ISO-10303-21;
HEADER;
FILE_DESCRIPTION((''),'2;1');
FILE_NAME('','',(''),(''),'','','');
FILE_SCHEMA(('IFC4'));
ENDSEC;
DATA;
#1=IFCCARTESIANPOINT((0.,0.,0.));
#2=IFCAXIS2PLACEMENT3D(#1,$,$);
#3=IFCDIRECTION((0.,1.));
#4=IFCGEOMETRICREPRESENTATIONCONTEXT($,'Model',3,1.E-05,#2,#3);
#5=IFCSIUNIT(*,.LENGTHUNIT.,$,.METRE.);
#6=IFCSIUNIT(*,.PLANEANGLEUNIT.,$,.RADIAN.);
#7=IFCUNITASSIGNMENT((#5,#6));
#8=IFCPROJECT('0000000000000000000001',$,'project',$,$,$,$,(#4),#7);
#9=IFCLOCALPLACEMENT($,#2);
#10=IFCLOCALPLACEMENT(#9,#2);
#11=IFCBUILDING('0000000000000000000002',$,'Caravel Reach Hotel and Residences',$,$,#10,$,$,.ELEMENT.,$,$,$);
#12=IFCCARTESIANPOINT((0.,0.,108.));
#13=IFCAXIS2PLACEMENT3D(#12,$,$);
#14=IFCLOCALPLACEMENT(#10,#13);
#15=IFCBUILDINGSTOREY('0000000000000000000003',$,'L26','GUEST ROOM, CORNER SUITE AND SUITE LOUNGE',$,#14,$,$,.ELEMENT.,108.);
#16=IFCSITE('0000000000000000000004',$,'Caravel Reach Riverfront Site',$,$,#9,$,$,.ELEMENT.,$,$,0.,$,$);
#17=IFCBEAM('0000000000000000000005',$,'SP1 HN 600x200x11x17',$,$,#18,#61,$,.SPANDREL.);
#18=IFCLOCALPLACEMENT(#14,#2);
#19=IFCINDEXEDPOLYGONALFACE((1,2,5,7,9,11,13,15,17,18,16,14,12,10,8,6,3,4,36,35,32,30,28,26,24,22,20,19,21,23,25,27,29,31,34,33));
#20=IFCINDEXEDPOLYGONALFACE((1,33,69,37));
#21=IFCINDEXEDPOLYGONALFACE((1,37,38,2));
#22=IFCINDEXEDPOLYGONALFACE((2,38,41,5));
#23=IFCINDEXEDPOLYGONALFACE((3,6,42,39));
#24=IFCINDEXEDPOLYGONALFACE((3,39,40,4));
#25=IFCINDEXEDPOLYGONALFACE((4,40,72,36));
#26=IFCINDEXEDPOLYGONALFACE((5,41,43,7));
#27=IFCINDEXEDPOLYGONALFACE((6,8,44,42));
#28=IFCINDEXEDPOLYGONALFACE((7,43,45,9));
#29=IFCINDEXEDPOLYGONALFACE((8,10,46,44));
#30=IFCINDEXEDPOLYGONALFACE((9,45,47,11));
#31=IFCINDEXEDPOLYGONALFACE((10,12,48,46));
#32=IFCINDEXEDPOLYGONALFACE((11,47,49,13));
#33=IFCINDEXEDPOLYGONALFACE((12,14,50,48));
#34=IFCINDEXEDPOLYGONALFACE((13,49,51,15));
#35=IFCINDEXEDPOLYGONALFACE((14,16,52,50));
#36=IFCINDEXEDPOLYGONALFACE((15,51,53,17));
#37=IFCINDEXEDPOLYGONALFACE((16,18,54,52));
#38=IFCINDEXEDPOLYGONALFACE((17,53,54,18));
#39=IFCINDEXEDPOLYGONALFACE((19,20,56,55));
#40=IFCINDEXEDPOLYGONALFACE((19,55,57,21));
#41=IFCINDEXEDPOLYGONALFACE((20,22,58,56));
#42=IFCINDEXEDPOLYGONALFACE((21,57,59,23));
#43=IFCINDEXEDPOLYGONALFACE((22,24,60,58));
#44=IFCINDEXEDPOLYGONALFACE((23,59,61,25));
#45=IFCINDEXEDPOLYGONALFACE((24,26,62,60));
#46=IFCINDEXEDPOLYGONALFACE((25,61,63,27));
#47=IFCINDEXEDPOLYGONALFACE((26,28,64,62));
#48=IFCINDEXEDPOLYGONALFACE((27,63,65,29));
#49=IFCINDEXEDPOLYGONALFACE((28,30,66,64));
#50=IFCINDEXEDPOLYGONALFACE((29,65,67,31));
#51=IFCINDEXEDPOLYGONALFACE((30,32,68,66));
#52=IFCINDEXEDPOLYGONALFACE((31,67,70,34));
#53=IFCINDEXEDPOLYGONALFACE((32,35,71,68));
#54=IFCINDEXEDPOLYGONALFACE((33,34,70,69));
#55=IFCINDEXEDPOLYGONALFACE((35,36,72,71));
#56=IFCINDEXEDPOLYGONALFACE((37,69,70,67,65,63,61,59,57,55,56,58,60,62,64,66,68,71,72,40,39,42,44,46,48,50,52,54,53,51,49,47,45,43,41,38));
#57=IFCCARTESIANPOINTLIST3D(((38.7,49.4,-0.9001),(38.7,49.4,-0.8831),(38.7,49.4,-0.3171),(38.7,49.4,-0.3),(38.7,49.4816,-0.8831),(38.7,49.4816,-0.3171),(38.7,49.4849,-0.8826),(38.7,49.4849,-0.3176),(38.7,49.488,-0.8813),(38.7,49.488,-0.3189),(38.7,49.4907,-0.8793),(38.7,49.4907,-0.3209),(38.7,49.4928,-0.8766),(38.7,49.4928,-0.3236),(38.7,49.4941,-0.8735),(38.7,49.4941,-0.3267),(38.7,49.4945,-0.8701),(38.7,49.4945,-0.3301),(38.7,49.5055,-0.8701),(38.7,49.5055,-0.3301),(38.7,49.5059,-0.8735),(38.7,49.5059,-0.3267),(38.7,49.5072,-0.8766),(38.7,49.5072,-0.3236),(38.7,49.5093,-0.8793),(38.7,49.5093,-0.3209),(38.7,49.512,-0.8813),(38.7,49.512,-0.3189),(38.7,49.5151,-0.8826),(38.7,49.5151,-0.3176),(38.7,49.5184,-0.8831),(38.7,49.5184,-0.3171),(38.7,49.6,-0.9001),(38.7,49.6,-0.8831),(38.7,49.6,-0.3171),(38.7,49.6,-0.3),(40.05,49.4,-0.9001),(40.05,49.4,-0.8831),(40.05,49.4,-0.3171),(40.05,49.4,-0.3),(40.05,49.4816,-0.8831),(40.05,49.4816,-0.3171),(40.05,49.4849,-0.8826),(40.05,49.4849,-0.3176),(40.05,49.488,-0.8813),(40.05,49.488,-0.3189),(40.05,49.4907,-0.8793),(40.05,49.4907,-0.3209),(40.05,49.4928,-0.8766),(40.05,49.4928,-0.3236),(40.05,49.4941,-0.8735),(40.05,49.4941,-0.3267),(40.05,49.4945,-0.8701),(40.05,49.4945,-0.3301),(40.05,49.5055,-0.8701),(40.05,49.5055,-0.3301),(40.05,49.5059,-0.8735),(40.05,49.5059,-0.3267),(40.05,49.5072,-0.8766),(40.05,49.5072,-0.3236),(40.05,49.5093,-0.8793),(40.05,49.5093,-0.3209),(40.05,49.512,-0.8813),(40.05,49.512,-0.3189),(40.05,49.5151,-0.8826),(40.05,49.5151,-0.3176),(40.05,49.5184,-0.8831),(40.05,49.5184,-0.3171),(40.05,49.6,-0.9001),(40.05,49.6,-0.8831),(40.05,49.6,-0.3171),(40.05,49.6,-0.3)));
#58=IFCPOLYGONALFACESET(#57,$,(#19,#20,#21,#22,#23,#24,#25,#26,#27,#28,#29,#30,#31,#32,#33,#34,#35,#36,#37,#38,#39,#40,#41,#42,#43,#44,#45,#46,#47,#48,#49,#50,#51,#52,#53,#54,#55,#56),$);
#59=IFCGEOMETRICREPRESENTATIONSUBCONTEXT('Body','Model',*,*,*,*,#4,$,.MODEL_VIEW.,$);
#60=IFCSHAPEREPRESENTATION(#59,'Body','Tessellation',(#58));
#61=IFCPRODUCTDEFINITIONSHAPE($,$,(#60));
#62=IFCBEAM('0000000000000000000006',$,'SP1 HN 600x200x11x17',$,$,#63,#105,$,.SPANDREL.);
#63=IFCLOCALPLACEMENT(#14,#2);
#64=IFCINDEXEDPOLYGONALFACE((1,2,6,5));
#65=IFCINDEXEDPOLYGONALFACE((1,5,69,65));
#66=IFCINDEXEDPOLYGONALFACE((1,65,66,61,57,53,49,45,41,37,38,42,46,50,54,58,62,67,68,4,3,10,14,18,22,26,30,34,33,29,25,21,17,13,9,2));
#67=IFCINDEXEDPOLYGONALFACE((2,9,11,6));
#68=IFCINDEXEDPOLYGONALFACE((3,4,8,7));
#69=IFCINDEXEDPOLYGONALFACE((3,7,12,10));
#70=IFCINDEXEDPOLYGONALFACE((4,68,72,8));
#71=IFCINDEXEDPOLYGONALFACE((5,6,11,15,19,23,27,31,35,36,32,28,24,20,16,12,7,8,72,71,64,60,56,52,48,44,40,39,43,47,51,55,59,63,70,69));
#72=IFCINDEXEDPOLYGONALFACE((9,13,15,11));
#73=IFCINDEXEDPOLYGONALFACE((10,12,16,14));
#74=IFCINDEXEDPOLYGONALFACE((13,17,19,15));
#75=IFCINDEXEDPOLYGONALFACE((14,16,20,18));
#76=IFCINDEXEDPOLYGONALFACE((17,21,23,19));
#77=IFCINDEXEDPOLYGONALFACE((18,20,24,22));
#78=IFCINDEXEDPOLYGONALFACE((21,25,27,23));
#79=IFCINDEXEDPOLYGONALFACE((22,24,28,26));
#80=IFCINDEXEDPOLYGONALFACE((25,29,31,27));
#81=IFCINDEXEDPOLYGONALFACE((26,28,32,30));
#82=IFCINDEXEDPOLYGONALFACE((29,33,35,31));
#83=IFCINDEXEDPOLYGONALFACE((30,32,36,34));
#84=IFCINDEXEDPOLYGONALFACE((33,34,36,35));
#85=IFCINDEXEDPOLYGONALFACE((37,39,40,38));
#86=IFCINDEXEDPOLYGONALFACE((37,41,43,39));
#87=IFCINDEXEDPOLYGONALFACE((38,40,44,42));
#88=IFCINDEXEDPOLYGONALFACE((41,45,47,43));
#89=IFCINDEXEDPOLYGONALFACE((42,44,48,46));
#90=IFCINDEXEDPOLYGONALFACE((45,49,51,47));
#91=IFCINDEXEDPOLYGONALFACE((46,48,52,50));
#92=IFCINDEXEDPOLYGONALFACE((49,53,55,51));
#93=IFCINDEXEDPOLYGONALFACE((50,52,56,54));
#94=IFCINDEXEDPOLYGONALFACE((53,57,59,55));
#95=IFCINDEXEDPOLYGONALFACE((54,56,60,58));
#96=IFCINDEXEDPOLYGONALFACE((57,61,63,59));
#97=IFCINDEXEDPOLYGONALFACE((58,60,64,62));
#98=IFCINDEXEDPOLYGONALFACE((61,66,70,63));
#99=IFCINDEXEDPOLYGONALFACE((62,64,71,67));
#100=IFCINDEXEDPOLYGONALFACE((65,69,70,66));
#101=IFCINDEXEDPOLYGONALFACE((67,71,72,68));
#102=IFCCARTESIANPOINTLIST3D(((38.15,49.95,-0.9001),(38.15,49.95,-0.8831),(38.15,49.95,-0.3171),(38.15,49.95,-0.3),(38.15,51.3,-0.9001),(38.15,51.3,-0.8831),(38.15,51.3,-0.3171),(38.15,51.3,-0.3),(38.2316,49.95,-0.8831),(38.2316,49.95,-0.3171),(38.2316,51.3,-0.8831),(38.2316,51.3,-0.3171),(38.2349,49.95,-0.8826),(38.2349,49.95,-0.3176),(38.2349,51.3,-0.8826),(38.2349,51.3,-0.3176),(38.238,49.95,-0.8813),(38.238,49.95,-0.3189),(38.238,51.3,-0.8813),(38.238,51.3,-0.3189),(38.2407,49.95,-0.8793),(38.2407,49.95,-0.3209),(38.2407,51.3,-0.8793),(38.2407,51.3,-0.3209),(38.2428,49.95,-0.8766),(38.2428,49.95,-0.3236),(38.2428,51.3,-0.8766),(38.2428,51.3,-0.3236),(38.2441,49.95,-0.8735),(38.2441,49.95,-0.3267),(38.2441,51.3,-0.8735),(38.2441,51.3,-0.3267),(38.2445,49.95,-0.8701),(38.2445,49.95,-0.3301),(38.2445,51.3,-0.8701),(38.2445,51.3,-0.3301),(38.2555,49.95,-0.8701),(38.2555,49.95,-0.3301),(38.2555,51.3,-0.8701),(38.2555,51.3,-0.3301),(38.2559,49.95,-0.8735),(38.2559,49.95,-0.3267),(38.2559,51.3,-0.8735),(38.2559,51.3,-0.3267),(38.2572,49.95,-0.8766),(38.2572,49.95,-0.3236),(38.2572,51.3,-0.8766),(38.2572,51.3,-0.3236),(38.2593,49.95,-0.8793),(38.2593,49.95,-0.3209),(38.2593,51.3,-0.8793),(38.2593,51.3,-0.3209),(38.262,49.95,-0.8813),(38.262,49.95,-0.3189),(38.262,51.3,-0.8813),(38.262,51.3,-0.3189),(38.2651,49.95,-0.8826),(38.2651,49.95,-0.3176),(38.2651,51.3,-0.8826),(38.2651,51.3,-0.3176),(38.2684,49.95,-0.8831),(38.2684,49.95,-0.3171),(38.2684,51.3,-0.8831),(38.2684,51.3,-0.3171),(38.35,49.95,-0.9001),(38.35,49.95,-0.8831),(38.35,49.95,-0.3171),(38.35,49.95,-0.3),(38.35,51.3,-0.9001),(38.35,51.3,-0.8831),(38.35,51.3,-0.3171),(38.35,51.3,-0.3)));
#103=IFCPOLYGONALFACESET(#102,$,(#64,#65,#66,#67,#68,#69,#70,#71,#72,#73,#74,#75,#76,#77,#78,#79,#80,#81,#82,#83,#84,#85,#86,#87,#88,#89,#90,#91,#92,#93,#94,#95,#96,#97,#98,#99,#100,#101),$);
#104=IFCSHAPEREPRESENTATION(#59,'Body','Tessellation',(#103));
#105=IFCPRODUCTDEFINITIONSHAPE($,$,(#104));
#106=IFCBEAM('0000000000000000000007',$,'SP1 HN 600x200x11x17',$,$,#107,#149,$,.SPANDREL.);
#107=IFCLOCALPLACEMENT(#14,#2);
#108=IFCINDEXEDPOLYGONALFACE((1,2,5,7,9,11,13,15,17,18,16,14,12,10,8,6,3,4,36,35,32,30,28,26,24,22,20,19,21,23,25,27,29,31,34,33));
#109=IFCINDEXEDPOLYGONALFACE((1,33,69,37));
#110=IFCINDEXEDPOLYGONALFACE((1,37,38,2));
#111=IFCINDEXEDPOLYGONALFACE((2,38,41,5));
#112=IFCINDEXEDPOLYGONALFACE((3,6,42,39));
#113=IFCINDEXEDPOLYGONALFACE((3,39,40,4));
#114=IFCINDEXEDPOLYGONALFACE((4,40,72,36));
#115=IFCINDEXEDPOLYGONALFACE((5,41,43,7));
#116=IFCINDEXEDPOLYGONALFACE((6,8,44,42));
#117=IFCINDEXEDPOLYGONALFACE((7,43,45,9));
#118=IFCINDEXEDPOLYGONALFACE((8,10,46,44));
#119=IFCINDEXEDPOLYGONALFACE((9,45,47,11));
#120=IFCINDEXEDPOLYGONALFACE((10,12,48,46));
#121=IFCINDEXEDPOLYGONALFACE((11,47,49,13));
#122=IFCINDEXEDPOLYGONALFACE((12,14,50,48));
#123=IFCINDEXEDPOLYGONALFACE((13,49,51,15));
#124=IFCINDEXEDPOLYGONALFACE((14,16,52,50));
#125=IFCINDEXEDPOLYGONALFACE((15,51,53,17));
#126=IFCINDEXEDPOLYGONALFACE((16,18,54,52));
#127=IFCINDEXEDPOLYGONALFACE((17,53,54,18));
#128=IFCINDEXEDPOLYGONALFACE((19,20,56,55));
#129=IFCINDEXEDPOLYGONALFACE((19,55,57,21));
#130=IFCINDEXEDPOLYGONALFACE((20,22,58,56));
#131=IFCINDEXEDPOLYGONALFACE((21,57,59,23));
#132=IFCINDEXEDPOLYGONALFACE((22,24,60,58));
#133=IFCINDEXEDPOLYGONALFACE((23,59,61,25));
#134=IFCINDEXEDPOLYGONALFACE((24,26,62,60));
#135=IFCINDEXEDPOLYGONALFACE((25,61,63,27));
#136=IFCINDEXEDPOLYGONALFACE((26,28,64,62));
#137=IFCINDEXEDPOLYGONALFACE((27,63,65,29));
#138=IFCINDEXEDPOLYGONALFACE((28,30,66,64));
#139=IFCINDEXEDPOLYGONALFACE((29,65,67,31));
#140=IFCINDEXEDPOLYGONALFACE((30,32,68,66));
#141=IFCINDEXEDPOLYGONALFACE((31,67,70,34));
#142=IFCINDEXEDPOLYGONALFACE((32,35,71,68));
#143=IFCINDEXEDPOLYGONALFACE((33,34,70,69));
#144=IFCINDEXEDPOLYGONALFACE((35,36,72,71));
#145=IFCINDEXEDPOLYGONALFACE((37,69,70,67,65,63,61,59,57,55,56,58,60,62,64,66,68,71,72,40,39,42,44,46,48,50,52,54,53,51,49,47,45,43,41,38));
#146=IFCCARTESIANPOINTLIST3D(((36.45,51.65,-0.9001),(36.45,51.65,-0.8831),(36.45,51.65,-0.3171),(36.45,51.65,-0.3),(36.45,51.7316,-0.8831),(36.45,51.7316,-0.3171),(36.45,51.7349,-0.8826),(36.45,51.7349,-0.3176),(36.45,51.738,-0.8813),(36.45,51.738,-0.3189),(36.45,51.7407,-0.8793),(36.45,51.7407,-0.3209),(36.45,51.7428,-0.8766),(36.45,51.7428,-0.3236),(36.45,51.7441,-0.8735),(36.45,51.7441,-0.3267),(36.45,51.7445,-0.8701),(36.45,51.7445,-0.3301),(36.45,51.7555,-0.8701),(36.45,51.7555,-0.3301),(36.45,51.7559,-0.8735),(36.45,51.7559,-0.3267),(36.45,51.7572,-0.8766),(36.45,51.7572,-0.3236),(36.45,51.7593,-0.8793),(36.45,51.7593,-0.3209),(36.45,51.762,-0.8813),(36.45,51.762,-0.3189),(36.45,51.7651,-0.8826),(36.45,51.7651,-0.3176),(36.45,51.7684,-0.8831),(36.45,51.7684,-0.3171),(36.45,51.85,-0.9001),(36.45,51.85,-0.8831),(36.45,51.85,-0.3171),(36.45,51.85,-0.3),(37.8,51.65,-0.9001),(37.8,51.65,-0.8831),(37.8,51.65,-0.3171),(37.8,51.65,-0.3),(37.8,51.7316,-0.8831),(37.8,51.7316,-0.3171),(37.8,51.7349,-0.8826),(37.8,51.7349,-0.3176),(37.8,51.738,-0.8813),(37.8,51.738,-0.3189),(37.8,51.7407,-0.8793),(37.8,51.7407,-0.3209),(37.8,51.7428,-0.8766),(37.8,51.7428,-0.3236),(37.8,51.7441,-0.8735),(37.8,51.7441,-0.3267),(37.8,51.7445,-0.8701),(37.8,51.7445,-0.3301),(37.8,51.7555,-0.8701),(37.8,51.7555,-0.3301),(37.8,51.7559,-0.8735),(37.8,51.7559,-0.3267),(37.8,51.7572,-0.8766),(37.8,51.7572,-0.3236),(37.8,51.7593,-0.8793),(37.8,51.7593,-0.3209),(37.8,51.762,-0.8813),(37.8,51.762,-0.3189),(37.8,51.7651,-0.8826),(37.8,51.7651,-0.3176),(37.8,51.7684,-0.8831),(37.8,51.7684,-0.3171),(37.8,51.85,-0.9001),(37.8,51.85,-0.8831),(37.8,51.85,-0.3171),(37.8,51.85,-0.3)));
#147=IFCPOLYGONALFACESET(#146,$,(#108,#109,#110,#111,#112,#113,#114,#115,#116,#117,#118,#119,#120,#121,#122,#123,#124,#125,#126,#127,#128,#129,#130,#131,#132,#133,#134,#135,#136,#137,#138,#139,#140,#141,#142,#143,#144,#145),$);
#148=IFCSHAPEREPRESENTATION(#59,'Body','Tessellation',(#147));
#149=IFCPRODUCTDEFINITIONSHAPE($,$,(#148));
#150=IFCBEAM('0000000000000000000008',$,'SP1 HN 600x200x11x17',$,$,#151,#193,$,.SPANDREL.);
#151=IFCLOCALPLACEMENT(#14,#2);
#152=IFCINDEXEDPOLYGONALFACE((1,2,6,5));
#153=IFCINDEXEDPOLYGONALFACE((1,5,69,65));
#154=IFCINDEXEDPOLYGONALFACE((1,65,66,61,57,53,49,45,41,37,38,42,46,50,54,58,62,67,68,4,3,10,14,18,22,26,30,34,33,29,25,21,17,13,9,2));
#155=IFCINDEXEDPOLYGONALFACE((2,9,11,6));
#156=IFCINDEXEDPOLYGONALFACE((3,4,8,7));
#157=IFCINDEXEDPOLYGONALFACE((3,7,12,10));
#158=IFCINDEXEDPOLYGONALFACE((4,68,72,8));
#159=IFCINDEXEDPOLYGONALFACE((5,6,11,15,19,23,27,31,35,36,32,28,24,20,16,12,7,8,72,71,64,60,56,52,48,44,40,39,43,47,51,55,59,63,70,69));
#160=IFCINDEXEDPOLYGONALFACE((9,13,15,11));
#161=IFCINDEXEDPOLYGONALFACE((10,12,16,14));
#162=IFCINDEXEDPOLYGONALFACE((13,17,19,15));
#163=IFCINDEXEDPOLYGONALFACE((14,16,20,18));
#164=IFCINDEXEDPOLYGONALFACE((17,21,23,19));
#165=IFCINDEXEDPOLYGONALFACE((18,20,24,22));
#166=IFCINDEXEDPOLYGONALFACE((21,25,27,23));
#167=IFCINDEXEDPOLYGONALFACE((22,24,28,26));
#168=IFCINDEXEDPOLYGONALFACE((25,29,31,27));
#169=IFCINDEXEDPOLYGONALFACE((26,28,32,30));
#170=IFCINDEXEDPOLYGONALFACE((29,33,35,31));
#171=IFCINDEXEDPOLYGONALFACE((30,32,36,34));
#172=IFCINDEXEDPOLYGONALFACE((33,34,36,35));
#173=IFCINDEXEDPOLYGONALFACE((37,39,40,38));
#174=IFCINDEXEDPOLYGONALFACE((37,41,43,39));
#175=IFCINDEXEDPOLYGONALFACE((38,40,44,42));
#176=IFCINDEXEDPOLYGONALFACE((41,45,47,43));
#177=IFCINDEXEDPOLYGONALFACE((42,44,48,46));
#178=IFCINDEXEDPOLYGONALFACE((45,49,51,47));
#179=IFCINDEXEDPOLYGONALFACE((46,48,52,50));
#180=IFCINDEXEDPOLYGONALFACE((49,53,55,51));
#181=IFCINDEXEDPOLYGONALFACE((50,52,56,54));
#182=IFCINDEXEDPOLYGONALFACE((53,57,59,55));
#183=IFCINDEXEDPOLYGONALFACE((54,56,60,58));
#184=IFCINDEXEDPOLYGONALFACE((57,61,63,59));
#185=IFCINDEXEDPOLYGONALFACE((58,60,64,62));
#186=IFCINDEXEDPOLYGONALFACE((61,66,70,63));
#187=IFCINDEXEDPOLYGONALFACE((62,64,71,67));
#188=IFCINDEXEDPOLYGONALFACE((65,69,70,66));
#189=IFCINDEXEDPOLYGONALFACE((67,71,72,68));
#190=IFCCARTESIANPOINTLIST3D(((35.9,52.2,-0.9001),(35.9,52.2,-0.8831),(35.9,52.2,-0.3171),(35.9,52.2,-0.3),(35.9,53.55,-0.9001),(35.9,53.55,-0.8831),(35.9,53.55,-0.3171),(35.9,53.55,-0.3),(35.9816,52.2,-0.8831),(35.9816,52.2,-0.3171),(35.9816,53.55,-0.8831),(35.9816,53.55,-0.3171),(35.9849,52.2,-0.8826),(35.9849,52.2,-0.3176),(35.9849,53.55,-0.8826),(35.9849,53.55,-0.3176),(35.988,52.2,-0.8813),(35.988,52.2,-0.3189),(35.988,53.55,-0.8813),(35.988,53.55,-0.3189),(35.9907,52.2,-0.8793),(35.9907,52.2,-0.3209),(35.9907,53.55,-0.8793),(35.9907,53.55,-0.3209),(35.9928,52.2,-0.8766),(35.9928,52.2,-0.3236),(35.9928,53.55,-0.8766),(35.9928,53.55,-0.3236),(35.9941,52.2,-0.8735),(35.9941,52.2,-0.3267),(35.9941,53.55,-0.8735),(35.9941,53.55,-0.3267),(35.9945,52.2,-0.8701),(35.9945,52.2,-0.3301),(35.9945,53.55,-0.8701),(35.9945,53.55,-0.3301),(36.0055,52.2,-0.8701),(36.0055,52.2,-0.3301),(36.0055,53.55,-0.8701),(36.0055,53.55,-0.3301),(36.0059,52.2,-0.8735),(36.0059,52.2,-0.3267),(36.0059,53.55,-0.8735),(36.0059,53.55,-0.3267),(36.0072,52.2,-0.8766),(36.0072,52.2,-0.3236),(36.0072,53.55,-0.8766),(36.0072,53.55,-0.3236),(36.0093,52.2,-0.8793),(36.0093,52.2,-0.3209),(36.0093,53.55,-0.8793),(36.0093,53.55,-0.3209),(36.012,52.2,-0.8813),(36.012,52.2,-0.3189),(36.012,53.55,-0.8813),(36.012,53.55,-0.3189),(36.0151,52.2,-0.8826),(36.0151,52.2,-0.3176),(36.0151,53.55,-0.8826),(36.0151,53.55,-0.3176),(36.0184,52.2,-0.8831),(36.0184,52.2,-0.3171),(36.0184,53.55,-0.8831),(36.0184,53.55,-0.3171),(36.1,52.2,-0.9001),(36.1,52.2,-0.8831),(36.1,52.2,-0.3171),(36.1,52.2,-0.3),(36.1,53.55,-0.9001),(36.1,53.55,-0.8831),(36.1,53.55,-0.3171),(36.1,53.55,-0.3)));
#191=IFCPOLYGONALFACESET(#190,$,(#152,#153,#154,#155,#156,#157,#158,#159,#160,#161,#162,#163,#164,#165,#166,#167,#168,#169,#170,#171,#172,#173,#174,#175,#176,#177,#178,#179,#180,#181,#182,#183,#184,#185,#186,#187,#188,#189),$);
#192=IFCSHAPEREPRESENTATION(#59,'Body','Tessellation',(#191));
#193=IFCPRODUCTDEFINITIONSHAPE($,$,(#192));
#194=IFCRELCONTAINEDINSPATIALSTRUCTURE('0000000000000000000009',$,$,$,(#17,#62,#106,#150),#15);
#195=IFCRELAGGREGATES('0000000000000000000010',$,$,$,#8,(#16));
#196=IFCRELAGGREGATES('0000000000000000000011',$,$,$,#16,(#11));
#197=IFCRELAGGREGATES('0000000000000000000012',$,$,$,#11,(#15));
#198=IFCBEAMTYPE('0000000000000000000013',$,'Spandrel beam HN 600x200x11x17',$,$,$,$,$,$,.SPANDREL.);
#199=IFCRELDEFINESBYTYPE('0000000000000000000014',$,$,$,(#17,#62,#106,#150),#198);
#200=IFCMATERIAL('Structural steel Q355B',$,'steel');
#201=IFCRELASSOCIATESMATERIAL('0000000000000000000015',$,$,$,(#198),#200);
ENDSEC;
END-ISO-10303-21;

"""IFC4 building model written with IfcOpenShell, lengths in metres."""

from ifc_helpers import new_model, si_unit, direction, frame, origin, origin_2d, place, context, subcontext, project, spatial, i_section, extrude, material, material_profile, profile_set, type_object, element, save


model = new_model("IFC4")

# Units and contexts
model_context = context("Model", 3, precision=1e-05, world=origin(), true_north=direction((0.0, 1.0)))
body_context = subcontext(model_context, "Body", "Model", "MODEL_VIEW")
ifc_project = project(units=[si_unit("LENGTHUNIT", "METRE"), si_unit("PLANEANGLEUNIT", "RADIAN")], contexts=[model_context])

# Site, building, storey
site_placement = place(None, origin())
site = spatial("IfcSite", under=ifc_project, at=site_placement, Name="Caravel Reach Riverfront Site", CompositionType="ELEMENT", RefElevation=0.0)
building_placement = place(site_placement, origin())
building = spatial("IfcBuilding", under=site, at=building_placement, Name="Caravel Reach Hotel and Residences", CompositionType="ELEMENT")
storey_placement = place(building_placement, frame((0.0, 0.0, 108.0)))
storey = spatial("IfcBuildingStorey", under=building, at=storey_placement, Name="L26", Description="GUEST ROOM, CORNER SUITE AND SUITE LOUNGE", CompositionType="ELEMENT", Elevation=108.0)

# Beams
ifc_material_1 = material(Name="Structural steel Q355B", Category="steel")
ifc_material_profile_1 = material_profile(ifc_material_1, i_section(OverallWidth=0.2, OverallDepth=0.6001, WebThickness=0.011, FlangeThickness=0.0171, FilletRadius=0.0129, at=origin_2d()), Name="HN 600x200x11x17")
ifc_profile_set_1 = profile_set([ifc_material_profile_1], Name="Structural steel Q355B")
beam_type_1 = type_object("IfcBeamType", Name="Spandrel beam HN 600x200x11x17", PredefinedType="SPANDREL", material=ifc_profile_set_1)
for number, where, z_axis, x_axis, name in (
    (1, (40.05, 49.5, -0.6001), (-1.0, 0.0, 0.0), (0.0, -1.0, 0.0), "SP1 HN 600x200x11x17"),
    (2, (38.25, 49.95, -0.6001), (0.0, 1.0, 0.0), (-1.0, 0.0, 0.0), "SP1 HN 600x200x11x17"),
    (3, (37.8, 51.75, -0.6001), (-1.0, 0.0, 0.0), (0.0, -1.0, 0.0), "SP1 HN 600x200x11x17"),
    (4, (36.0, 52.2, -0.6001), (0.0, 1.0, 0.0), (-1.0, 0.0, 0.0), "SP1 HN 600x200x11x17"),
):
    element("IfcBeam", number, at=place(storey_placement, frame(where, z_axis=z_axis, x_axis=x_axis)), inside=storey, type_object=beam_type_1, Name=name, PredefinedType="SPANDREL", context=body_context, shape_type="SweptSolid", body=[
        extrude(i_section(OverallWidth=0.2, OverallDepth=0.6001, WebThickness=0.011, FlangeThickness=0.0171, FilletRadius=0.0129, at=origin_2d()), origin(), (0.0, 0.0, 1.0), 1.3501),
    ])

save(model, "model.ifc")
